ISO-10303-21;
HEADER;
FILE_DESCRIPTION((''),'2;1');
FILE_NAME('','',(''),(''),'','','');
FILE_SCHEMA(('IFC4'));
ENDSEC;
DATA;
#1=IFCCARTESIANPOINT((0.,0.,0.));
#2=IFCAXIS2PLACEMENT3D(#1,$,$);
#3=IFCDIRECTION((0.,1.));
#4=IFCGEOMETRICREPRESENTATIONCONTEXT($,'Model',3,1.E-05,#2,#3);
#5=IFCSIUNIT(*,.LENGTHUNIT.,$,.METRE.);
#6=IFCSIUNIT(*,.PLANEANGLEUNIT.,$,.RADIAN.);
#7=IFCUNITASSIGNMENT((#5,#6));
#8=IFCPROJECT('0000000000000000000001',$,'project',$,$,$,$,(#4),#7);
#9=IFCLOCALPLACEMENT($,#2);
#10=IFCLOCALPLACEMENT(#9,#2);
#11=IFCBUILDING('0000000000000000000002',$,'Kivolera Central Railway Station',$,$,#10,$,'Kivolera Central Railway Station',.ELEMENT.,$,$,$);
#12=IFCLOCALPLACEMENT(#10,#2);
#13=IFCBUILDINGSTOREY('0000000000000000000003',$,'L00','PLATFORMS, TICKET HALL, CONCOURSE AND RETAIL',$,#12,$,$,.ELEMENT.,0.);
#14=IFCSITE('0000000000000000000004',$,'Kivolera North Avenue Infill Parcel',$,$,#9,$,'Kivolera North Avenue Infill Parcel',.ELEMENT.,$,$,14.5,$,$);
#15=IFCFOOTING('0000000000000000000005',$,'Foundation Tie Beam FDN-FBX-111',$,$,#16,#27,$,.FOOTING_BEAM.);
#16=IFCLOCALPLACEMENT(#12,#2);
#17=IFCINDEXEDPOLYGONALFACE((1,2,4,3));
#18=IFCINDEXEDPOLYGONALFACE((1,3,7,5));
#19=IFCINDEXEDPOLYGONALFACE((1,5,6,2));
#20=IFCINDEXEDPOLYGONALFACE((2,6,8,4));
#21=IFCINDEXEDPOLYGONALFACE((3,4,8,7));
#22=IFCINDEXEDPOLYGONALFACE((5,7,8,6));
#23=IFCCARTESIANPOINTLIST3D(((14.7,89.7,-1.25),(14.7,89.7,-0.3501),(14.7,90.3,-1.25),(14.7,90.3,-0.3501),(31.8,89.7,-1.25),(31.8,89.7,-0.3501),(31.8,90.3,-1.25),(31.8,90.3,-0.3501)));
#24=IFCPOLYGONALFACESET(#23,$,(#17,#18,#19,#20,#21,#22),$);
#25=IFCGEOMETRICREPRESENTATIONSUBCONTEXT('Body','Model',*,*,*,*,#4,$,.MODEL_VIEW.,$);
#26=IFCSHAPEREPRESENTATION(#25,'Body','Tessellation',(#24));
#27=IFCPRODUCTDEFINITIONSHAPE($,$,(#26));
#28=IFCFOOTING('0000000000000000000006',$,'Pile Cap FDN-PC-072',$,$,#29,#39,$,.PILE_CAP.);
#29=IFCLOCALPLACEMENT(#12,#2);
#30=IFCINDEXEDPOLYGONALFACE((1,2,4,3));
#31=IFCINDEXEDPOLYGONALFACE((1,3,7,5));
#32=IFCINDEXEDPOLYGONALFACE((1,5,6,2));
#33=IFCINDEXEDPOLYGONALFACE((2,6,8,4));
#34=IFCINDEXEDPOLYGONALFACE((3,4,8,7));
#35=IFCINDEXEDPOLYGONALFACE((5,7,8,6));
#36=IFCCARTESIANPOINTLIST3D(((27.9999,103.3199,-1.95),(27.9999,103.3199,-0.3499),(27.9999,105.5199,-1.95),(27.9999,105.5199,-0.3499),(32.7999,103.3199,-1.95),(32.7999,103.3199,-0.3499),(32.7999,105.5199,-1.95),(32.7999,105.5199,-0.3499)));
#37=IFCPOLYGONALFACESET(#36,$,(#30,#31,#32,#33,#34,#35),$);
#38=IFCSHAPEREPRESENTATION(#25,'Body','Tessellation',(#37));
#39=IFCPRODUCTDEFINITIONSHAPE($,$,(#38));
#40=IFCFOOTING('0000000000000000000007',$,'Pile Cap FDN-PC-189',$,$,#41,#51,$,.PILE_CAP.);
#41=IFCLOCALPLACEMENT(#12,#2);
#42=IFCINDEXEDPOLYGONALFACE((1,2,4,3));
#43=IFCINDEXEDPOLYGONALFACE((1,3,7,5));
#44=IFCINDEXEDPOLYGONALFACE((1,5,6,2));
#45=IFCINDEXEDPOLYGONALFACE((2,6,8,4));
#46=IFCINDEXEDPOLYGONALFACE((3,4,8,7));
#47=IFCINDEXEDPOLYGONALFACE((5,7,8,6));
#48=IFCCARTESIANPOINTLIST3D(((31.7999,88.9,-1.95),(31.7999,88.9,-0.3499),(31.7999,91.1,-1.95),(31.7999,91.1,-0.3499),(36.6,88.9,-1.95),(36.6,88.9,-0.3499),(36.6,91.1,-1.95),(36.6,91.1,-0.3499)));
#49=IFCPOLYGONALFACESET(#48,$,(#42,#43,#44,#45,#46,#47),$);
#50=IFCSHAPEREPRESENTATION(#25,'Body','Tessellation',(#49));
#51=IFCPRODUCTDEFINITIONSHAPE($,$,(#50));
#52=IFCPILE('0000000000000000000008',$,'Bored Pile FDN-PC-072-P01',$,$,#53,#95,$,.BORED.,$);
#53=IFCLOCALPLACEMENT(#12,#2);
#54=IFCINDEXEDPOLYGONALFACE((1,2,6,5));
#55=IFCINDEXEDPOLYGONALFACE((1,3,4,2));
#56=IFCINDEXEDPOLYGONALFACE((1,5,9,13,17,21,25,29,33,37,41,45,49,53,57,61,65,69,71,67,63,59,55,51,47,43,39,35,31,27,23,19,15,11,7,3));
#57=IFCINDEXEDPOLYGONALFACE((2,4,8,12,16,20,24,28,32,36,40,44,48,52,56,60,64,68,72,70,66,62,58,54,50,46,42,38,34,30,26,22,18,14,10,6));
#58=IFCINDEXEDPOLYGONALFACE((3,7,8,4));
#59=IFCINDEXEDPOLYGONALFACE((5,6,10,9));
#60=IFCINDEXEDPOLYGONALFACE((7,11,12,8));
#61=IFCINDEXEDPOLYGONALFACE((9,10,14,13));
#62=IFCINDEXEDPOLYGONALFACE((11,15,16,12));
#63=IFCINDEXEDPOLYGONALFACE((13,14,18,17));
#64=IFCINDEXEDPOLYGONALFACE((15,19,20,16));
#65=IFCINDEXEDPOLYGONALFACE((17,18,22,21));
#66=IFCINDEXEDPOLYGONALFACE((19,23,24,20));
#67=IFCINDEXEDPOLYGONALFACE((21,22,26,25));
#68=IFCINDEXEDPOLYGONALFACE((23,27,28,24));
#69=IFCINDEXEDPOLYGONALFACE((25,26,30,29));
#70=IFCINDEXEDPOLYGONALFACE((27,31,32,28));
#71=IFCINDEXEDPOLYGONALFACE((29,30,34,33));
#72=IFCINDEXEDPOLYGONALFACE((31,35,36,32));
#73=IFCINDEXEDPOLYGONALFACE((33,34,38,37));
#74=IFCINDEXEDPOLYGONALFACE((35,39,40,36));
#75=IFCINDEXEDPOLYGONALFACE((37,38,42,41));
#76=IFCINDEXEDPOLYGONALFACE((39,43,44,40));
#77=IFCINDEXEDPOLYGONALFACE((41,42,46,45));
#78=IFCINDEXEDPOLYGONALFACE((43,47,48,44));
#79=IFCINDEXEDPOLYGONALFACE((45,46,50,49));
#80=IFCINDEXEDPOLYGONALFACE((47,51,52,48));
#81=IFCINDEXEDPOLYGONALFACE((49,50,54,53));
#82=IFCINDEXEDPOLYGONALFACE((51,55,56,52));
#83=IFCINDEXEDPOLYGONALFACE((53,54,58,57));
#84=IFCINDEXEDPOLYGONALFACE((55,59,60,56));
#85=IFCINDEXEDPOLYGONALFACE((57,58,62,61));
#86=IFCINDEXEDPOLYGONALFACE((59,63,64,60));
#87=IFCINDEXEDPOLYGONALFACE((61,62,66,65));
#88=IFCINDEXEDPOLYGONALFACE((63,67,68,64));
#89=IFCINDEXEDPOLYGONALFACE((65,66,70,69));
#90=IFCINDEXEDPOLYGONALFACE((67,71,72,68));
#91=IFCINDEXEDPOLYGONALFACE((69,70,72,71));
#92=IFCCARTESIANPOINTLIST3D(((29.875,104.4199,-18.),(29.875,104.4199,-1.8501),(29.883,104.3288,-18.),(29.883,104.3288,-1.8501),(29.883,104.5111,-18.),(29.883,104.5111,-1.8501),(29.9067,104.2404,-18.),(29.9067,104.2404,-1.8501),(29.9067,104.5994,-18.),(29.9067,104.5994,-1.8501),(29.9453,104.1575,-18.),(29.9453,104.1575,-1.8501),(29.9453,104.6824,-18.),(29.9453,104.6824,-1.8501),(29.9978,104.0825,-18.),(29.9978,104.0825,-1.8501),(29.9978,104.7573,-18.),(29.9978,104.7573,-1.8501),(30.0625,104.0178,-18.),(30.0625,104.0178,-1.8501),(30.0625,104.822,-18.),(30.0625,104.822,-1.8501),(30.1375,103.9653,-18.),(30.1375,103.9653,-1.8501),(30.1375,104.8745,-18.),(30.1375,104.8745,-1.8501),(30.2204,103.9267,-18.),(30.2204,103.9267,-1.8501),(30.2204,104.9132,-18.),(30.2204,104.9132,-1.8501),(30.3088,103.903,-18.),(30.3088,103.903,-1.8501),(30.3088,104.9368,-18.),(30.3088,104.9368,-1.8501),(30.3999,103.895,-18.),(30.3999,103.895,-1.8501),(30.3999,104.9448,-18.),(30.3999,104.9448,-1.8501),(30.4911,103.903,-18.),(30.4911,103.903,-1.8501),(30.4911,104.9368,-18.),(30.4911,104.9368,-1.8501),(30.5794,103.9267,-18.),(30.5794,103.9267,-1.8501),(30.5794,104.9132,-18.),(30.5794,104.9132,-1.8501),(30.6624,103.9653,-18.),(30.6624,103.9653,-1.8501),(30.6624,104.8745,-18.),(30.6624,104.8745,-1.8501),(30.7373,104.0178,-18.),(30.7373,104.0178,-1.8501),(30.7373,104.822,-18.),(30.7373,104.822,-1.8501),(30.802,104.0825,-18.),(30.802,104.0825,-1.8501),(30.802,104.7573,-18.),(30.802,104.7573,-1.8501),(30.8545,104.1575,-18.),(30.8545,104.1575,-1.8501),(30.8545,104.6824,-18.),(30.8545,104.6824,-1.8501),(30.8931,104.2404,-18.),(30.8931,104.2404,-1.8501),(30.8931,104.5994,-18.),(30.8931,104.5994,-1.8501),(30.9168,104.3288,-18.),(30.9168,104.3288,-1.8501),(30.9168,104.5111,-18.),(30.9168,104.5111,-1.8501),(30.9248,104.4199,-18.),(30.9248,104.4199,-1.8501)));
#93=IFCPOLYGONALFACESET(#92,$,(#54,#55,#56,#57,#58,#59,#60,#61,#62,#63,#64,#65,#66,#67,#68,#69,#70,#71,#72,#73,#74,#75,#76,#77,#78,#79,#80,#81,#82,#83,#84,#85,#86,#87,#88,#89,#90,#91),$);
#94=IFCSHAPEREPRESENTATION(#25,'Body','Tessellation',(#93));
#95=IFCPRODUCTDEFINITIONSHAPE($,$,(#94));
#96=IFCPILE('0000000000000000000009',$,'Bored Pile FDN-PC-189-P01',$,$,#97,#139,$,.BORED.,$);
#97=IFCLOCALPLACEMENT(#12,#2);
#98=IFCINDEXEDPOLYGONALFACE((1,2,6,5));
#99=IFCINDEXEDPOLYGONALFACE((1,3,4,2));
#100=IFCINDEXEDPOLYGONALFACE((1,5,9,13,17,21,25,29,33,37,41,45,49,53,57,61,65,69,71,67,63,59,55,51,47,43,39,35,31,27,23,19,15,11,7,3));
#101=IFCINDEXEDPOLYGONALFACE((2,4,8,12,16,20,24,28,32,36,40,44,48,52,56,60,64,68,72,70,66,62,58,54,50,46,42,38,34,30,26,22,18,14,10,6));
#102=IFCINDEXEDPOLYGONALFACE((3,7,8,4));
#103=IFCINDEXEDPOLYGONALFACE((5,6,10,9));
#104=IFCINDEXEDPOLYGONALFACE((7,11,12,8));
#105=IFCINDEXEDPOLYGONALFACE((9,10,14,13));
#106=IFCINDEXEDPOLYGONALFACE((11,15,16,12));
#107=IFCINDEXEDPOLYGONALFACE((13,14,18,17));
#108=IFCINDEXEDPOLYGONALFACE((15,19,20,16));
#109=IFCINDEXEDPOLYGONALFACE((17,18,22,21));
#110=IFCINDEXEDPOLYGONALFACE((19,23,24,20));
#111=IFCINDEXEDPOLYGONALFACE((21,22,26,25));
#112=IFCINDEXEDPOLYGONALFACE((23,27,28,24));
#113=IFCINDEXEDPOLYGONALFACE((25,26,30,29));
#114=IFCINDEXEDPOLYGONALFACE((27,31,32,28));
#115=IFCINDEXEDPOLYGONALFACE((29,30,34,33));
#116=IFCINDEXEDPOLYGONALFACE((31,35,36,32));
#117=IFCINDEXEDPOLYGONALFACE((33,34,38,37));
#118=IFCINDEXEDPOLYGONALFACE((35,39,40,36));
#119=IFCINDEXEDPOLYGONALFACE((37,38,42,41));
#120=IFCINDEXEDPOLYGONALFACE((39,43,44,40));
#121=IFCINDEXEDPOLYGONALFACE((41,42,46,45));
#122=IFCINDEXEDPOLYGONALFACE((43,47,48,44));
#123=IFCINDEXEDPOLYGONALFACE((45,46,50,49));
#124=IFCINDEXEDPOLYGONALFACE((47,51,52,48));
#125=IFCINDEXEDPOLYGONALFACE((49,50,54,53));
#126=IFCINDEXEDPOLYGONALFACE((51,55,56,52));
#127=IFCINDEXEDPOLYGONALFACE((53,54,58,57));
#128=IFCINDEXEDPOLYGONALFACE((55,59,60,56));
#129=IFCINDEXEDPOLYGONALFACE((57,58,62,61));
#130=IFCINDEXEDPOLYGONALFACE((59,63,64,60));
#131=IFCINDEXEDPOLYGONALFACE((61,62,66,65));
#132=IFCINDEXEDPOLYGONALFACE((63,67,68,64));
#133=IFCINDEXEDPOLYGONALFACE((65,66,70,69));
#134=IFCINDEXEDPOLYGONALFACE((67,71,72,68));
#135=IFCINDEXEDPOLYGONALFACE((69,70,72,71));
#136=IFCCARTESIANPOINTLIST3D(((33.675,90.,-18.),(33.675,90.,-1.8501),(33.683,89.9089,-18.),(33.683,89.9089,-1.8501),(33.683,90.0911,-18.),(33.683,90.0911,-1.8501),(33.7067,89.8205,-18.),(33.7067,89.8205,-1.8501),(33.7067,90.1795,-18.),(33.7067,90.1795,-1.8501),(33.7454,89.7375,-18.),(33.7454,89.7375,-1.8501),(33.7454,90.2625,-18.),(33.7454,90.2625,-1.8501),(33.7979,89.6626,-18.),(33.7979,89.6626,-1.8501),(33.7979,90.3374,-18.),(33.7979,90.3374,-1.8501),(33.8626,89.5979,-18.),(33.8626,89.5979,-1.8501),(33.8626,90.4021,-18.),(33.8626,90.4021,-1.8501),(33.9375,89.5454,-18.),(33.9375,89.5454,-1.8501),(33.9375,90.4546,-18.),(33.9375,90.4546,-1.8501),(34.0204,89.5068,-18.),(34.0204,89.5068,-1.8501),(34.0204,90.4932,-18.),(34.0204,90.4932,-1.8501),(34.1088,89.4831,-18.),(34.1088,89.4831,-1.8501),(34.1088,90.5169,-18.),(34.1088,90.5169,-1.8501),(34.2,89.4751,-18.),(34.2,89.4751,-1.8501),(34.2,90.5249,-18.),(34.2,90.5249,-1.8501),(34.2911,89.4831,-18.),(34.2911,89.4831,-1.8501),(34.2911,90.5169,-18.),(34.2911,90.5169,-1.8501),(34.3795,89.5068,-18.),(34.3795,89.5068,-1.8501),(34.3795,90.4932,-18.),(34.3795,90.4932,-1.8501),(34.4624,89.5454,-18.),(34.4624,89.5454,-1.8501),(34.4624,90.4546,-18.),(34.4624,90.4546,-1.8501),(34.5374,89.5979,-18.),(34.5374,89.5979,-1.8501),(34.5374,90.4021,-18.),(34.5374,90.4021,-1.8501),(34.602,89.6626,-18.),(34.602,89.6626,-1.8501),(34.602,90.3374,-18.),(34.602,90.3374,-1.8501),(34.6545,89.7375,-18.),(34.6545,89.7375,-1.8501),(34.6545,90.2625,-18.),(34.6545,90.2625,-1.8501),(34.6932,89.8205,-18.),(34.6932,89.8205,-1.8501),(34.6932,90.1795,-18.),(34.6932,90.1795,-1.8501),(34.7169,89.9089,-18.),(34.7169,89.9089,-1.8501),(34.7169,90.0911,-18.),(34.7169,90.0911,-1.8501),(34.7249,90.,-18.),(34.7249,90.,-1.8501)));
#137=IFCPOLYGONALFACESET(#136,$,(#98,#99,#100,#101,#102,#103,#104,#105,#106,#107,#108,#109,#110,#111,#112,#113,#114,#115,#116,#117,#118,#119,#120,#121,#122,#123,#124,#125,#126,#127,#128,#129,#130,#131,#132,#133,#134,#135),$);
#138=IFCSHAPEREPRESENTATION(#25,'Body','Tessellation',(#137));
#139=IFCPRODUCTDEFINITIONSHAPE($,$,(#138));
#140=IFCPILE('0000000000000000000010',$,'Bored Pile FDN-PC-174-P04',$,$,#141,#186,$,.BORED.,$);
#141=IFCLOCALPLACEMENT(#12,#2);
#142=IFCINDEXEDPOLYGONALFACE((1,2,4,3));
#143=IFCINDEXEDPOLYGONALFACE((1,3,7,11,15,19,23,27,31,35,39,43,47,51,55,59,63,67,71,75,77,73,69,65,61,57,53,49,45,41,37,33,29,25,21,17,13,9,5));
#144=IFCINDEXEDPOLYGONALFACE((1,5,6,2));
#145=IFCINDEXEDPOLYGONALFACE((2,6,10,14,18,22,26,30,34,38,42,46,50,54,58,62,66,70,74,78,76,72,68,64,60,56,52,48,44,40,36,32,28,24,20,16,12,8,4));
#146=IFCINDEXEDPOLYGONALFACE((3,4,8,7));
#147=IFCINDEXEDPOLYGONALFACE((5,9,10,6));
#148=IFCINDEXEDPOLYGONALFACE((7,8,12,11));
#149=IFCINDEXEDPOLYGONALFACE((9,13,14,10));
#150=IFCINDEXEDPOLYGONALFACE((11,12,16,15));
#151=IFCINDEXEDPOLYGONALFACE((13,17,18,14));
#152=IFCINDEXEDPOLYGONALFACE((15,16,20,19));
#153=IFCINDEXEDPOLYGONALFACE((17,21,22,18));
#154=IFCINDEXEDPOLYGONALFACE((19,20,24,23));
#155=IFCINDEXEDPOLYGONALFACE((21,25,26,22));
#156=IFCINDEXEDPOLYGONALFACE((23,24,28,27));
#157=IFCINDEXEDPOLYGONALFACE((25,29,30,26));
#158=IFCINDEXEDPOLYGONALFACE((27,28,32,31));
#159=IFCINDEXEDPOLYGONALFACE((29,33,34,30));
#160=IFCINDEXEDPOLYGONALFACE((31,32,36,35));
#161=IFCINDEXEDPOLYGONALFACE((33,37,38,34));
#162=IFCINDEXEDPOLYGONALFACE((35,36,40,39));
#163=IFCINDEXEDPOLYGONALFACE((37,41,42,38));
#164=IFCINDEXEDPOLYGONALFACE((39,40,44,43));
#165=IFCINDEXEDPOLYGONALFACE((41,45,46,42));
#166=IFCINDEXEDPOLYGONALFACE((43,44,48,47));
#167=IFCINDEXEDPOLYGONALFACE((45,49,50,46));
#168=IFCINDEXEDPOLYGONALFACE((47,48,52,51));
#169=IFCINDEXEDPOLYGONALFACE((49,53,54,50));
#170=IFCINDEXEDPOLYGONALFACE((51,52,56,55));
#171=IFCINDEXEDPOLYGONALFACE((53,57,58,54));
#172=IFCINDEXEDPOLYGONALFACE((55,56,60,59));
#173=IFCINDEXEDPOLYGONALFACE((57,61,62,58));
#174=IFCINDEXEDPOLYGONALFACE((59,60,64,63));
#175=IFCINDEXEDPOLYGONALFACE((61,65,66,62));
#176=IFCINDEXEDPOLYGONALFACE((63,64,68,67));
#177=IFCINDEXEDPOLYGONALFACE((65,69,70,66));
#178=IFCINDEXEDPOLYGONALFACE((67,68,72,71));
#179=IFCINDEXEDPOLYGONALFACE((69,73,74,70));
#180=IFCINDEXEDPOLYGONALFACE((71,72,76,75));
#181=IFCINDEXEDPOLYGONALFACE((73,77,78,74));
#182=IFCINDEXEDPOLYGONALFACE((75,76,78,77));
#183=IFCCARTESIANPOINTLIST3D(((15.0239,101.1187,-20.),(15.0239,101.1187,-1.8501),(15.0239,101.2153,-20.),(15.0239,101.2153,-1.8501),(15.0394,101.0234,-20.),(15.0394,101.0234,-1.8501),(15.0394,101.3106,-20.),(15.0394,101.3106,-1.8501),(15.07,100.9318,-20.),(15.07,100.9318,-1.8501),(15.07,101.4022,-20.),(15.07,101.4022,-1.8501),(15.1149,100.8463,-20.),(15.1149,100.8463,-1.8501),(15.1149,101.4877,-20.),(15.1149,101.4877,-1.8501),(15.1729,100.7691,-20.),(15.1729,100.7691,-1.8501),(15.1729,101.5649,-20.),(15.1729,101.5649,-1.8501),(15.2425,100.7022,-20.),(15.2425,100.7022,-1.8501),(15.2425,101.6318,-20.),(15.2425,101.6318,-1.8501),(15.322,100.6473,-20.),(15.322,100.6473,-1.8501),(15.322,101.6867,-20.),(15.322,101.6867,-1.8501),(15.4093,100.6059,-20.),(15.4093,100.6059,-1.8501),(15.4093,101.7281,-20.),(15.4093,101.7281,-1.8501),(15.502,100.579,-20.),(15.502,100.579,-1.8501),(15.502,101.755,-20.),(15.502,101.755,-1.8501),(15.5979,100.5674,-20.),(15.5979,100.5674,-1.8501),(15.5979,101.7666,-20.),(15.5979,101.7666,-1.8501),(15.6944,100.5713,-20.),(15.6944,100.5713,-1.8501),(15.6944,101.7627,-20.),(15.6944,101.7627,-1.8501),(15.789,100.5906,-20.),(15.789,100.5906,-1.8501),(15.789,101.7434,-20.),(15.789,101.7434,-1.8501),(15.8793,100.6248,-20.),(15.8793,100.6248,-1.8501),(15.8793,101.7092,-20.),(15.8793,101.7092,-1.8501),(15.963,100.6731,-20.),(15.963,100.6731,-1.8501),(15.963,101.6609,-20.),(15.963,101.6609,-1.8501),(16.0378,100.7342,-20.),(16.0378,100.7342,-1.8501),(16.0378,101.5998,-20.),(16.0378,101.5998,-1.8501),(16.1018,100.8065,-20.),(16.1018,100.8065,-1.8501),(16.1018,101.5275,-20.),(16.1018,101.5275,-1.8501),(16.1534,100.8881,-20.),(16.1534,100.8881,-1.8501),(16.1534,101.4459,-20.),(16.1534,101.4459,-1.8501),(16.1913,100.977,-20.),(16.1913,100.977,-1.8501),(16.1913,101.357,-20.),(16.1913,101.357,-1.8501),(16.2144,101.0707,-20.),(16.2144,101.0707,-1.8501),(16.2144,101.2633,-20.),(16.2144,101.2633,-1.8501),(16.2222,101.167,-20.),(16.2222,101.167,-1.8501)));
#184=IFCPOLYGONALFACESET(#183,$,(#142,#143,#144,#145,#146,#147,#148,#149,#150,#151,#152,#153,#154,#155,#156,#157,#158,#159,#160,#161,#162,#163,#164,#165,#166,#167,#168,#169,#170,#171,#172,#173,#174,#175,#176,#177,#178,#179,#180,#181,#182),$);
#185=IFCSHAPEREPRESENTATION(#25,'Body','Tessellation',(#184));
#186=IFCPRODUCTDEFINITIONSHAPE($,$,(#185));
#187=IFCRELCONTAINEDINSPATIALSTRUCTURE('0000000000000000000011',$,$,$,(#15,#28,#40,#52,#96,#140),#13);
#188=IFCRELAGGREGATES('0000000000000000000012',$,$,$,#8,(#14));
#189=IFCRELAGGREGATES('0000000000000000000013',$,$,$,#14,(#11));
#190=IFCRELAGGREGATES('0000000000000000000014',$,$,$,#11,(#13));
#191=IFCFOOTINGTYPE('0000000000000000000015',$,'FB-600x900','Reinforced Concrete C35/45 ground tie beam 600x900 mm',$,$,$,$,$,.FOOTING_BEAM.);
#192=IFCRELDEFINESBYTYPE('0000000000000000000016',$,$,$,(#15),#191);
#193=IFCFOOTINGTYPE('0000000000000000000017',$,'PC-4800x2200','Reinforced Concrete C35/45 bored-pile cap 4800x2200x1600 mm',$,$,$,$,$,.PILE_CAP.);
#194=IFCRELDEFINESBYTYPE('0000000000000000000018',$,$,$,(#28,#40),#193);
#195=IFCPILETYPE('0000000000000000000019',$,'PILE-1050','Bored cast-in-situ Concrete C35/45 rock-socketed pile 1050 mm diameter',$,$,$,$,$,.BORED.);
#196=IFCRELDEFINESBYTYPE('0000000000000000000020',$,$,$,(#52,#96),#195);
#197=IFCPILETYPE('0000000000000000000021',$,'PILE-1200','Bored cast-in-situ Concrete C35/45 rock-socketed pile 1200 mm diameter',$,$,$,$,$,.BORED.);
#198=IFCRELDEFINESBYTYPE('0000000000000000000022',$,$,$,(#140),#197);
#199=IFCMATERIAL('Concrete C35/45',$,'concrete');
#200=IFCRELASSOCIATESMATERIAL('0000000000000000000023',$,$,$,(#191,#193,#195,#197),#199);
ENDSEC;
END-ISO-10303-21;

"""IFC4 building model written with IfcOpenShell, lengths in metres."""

from ifc_helpers import new_model, si_unit, direction, frame, origin, origin_2d, place, context, subcontext, project, spatial, rectangle, circle, extrude, material, material_profile, profile_set, type_object, element, save


model = new_model("IFC4")

# Units and contexts
model_context = context("Model", 3, precision=1e-05, world=origin(), true_north=direction((0.0, 1.0)))
body_context = subcontext(model_context, "Body", "Model", "MODEL_VIEW")
ifc_project = project(units=[si_unit("LENGTHUNIT", "METRE"), si_unit("PLANEANGLEUNIT", "RADIAN")], contexts=[model_context])

# Site, building, storey
site_placement = place(None, origin())
site = spatial("IfcSite", under=ifc_project, at=site_placement, Name="Kivolera North Avenue Infill Parcel", LongName="Kivolera North Avenue Infill Parcel", CompositionType="ELEMENT", RefElevation=14.5)
building_placement = place(site_placement, origin())
building = spatial("IfcBuilding", under=site, at=building_placement, Name="Kivolera Central Railway Station", LongName="Kivolera Central Railway Station", CompositionType="ELEMENT")
storey_placement = place(building_placement, origin())
storey = spatial("IfcBuildingStorey", under=building, at=storey_placement, Name="L00", Description="PLATFORMS, TICKET HALL, CONCOURSE AND RETAIL", CompositionType="ELEMENT", Elevation=0.0)

# Footings
ifc_material_1 = material(Name="Concrete C35/45", Category="concrete")
footing_type_1 = type_object("IfcFootingType", Name="FB-600x900", Description="Reinforced Concrete C35/45 ground tie beam 600x900 mm", PredefinedType="FOOTING_BEAM", material=ifc_material_1)
footing_placement = place(storey_placement, frame((23.25, 90.0, -1.25), z_axis=(0.0, 0.0, 1.0), x_axis=(1.0, 0.0, 0.0)))
element("IfcFooting", 1, at=footing_placement, inside=storey, type_object=footing_type_1, Name="Foundation Tie Beam FDN-FBX-111", PredefinedType="FOOTING_BEAM", context=body_context, shape_type="SweptSolid", body=[
    extrude(rectangle(XDim=17.1001, YDim=0.6001, at=origin_2d()), origin(), (0.0, 0.0, 1.0), 0.8999),
])
footing_type_2 = type_object("IfcFootingType", Name="PC-4800x2200", Description="Reinforced Concrete C35/45 bored-pile cap 4800x2200x1600 mm", PredefinedType="PILE_CAP", material=ifc_material_1)
for number, where, z_axis, x_axis, name in (
    (2, (30.3999, 104.4199, -1.95), (0.0, 0.0, 1.0), (1.0, 0.0, 0.0), "Pile Cap FDN-PC-072"),
    (3, (34.2, 90.0, -1.95), (0.0, 0.0, 1.0), (1.0, 0.0, 0.0), "Pile Cap FDN-PC-189"),
):
    element("IfcFooting", number, at=place(storey_placement, frame(where, z_axis=z_axis, x_axis=x_axis)), inside=storey, type_object=footing_type_2, Name=name, PredefinedType="PILE_CAP", context=body_context, shape_type="SweptSolid", body=[
        extrude(rectangle(XDim=4.8, YDim=2.2, at=origin_2d()), origin(), (0.0, 0.0, 1.0), 1.6001),
    ])

# Piles
ifc_material_profile_1 = material_profile(ifc_material_1, circle(Radius=0.5249, at=origin_2d()), Name="PILE D1050")
ifc_profile_set_1 = profile_set([ifc_material_profile_1], Name="Concrete C35/45")
pile_type_1 = type_object("IfcPileType", Name="PILE-1050", Description="Bored cast-in-situ Concrete C35/45 rock-socketed pile 1050 mm diameter", PredefinedType="BORED", material=ifc_profile_set_1)
for number, where, z_axis, x_axis, name in (
    (4, (30.3999, 104.4199, -1.8501), (0.0, 0.0, -1.0), (1.0, 0.0, 0.0), "Bored Pile FDN-PC-072-P01"),
    (5, (34.2, 90.0, -1.8501), (0.0, 0.0, -1.0), (1.0, 0.0, 0.0), "Bored Pile FDN-PC-189-P01"),
):
    element("IfcPile", number, at=place(storey_placement, frame(where, z_axis=z_axis, x_axis=x_axis)), inside=storey, type_object=pile_type_1, Name=name, PredefinedType="BORED", context=body_context, shape_type="SweptSolid", body=[
        extrude(circle(Radius=0.5249, at=origin_2d()), origin(), (0.0, 0.0, 1.0), 16.1499),
    ])
ifc_material_profile_2 = material_profile(ifc_material_1, circle(Radius=0.6001, at=origin_2d()), Name="PILE D1200")
ifc_profile_set_2 = profile_set([ifc_material_profile_2], Name="Concrete C35/45")
pile_type_2 = type_object("IfcPileType", Name="PILE-1200", Description="Bored cast-in-situ Concrete C35/45 rock-socketed pile 1200 mm diameter", PredefinedType="BORED", material=ifc_profile_set_2)
pile_placement = place(storey_placement, frame((15.6221, 101.167, -1.8501), z_axis=(0.0, 0.0, -1.0), x_axis=(1.0, 0.0, 0.0)))
element("IfcPile", 6, at=pile_placement, inside=storey, type_object=pile_type_2, Name="Bored Pile FDN-PC-174-P04", PredefinedType="BORED", context=body_context, shape_type="SweptSolid", body=[
    extrude(circle(Radius=0.6001, at=origin_2d()), origin(), (0.0, 0.0, 1.0), 18.1499),
])

save(model, "model.ifc")
